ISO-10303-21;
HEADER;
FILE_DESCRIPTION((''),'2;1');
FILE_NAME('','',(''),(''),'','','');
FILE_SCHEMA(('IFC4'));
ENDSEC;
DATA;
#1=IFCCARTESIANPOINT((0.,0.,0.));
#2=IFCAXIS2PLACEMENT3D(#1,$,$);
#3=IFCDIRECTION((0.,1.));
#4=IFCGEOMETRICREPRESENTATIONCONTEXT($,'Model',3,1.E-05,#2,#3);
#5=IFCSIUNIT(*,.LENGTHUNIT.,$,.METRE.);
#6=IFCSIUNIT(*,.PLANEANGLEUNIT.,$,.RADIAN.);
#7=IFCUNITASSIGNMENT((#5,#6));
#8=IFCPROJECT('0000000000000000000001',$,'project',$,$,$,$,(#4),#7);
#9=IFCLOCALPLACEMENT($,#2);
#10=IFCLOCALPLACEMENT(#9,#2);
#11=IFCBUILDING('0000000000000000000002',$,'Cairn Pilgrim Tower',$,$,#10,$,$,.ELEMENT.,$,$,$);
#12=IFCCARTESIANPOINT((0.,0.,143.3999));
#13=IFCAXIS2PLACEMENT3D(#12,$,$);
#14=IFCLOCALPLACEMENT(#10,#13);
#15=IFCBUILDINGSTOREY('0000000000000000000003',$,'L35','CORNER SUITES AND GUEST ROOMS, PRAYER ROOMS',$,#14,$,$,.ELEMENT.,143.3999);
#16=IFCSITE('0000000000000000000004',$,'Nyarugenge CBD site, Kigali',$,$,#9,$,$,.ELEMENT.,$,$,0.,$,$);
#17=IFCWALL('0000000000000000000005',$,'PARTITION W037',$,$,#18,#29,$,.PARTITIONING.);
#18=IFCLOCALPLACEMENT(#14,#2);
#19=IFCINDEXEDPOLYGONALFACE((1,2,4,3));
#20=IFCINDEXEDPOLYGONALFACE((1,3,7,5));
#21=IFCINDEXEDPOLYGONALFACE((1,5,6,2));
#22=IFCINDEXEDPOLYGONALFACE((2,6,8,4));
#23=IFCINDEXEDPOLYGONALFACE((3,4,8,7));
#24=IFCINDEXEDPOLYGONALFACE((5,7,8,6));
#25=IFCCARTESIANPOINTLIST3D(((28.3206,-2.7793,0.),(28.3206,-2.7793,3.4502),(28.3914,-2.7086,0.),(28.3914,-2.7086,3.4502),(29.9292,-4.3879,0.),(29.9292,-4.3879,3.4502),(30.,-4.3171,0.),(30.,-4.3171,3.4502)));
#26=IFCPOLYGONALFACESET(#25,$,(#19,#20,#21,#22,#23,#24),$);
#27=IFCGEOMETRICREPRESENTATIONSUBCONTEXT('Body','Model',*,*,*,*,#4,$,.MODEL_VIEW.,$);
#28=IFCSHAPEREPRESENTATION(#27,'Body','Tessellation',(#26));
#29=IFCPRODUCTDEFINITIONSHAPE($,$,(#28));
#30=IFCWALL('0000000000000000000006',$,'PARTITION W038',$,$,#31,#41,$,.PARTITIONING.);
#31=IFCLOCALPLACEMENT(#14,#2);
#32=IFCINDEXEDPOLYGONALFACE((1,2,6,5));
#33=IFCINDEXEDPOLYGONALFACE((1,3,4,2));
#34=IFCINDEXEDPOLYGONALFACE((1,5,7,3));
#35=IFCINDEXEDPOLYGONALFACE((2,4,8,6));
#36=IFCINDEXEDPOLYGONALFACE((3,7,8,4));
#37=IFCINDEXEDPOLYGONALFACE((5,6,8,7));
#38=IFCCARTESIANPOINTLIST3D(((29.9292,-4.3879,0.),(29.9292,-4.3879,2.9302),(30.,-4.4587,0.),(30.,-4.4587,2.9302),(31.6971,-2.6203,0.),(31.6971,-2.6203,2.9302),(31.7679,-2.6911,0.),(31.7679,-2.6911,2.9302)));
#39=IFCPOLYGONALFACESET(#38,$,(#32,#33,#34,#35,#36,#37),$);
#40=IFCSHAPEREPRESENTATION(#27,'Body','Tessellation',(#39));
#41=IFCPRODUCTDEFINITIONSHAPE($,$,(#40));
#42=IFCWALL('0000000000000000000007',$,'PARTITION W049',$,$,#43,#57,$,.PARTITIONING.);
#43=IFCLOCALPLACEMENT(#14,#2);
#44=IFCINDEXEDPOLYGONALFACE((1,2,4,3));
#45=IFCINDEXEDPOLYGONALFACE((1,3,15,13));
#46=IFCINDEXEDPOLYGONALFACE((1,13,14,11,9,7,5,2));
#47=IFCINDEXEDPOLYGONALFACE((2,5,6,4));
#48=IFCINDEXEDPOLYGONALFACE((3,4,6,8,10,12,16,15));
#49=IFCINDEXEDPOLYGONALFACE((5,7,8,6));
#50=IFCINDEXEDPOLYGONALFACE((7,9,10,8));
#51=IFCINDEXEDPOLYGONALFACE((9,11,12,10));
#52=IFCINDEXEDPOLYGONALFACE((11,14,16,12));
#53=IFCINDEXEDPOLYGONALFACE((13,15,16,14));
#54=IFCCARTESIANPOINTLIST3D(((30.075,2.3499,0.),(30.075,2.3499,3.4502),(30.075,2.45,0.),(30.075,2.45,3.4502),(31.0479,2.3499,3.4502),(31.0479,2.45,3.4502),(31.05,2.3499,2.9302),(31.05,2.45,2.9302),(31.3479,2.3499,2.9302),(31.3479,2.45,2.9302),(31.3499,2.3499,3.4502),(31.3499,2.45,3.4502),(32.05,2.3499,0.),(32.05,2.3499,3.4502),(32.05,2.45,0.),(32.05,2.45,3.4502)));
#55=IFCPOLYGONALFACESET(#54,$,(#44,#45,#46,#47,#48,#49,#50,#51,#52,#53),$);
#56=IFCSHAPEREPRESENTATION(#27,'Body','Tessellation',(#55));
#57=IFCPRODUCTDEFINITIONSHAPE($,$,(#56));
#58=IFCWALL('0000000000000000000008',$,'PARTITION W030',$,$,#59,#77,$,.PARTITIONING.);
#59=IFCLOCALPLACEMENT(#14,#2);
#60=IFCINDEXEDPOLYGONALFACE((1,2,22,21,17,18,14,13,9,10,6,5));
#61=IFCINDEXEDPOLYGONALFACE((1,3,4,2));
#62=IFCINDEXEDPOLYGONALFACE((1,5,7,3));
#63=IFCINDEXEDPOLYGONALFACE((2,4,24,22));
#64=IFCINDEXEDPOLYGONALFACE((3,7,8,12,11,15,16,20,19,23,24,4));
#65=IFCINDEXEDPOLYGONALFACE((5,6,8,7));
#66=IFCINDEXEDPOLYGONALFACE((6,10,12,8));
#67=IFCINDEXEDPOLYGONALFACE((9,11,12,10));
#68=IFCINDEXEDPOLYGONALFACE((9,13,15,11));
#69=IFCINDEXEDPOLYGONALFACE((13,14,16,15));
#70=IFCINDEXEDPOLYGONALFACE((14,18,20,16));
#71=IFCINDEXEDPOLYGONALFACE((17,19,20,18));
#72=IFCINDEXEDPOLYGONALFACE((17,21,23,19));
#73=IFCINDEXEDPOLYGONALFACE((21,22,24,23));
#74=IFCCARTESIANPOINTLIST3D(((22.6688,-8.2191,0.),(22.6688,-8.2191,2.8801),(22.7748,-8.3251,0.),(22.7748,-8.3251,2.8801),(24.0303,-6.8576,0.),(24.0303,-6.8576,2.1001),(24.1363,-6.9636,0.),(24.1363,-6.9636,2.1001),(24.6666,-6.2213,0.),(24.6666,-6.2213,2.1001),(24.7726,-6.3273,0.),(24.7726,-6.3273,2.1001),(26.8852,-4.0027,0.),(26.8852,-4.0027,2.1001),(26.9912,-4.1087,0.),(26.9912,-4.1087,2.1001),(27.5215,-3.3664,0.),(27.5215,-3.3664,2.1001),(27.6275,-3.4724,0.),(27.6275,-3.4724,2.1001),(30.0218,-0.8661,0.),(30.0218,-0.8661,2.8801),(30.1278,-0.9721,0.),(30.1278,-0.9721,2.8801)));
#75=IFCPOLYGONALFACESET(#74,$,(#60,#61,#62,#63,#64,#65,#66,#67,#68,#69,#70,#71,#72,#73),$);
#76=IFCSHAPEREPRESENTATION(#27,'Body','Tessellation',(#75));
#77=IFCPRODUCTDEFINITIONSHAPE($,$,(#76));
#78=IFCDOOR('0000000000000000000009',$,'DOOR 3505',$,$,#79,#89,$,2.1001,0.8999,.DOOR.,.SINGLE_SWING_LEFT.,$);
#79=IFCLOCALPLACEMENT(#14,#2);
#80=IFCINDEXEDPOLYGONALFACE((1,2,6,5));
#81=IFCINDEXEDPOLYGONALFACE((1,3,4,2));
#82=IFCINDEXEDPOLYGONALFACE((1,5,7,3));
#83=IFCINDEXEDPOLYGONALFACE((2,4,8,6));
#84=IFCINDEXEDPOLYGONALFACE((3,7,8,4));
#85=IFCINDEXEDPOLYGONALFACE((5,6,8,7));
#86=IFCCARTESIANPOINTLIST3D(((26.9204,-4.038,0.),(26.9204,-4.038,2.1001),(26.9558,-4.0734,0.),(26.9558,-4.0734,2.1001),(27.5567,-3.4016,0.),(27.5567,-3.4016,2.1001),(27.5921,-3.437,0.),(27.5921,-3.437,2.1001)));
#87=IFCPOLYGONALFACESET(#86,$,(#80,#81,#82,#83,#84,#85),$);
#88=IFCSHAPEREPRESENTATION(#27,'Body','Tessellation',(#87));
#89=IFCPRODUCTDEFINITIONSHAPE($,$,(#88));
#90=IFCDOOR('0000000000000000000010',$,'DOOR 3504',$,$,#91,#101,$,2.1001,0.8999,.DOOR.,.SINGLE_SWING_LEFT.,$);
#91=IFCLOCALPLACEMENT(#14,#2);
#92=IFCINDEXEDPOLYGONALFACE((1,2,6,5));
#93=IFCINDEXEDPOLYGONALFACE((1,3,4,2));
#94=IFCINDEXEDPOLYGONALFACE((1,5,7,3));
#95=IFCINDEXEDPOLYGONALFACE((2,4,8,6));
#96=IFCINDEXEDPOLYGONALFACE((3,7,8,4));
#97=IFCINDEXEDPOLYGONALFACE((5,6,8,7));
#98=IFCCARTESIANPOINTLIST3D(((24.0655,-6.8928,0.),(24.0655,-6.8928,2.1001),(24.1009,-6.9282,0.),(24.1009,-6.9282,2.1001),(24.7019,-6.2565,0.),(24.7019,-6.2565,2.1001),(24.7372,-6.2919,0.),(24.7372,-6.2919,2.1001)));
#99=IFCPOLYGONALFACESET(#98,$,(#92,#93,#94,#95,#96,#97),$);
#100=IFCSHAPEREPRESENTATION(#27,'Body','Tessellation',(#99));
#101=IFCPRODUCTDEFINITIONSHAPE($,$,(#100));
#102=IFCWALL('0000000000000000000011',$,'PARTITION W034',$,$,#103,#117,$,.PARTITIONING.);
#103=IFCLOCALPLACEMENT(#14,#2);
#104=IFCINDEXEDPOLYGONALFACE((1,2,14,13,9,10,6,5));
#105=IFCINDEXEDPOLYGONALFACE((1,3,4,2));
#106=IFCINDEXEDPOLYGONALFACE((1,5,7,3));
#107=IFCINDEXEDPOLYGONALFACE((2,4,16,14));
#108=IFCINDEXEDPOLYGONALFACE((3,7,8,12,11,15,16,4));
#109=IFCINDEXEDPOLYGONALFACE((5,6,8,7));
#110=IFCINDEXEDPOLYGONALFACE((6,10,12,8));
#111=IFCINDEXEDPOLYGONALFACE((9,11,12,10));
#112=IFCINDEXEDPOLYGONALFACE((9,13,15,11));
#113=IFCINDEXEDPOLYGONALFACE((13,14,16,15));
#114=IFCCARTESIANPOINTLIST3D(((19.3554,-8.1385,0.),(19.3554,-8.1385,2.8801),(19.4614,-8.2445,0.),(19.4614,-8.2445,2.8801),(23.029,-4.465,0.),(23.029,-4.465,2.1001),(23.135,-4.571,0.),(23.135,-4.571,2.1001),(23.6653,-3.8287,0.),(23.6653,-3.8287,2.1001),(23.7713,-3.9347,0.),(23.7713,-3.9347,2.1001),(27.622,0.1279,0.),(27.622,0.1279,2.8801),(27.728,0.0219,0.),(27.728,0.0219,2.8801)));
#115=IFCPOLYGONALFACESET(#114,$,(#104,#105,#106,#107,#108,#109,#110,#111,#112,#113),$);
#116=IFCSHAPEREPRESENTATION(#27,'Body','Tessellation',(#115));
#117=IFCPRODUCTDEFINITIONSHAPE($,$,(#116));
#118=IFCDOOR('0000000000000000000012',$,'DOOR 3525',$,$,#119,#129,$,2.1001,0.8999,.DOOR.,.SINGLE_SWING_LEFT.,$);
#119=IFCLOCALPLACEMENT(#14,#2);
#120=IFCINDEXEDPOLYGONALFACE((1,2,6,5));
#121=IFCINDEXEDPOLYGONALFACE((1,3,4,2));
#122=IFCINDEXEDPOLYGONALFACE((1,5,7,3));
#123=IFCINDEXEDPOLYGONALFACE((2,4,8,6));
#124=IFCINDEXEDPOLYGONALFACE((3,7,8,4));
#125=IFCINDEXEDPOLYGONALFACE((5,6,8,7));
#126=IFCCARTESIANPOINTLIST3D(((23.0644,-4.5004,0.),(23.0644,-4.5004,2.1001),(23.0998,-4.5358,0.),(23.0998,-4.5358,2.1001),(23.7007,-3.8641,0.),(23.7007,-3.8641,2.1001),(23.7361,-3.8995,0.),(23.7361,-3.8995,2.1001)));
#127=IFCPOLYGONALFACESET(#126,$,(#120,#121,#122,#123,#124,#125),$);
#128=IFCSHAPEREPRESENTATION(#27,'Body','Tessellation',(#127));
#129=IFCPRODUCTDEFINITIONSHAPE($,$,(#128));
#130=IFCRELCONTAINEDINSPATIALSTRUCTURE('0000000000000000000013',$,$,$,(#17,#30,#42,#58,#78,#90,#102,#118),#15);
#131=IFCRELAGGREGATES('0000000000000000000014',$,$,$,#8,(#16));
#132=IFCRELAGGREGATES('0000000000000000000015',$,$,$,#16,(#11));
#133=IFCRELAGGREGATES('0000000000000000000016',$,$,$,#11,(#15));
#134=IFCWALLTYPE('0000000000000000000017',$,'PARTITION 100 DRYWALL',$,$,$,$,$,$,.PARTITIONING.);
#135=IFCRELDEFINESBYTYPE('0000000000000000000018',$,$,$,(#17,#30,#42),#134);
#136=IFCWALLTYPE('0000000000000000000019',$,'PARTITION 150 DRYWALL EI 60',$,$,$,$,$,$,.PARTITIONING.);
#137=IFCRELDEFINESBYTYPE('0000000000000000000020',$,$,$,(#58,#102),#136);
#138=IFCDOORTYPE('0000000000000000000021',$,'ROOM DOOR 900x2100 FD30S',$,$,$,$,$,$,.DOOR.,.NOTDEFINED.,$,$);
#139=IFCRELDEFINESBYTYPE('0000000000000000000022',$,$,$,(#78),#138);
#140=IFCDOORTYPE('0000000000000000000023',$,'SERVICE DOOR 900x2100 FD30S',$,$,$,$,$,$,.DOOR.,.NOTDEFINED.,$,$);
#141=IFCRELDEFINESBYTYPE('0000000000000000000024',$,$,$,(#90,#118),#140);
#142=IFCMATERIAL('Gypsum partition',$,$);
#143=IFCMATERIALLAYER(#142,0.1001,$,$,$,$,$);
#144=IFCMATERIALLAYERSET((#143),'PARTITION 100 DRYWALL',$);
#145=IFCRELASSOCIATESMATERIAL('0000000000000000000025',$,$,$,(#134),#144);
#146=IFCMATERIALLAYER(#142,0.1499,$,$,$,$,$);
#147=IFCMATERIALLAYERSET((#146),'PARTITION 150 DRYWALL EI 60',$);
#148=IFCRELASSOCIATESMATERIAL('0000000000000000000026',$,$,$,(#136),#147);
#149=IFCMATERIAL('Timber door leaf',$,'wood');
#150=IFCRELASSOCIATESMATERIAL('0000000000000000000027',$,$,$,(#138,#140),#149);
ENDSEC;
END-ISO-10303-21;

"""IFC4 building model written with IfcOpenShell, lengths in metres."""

from ifc_helpers import new_model, si_unit, direction, frame, frame_2d, origin, place, context, subcontext, project, spatial, polyline, rectangle, outline, extrude, material, layer, layer_set, type_object, element, fill, save


model = new_model("IFC4")

# Units and contexts
model_context = context("Model", 3, precision=1e-05, world=origin(), true_north=direction((0.0, 1.0)))
body_context = subcontext(model_context, "Body", "Model", "MODEL_VIEW")
ifc_project = project(units=[si_unit("LENGTHUNIT", "METRE"), si_unit("PLANEANGLEUNIT", "RADIAN")], contexts=[model_context])

# Site, building, storey
site_placement = place(None, origin())
site = spatial("IfcSite", under=ifc_project, at=site_placement, Name="Nyarugenge CBD site, Kigali", CompositionType="ELEMENT", RefElevation=0.0)
building_placement = place(site_placement, origin())
building = spatial("IfcBuilding", under=site, at=building_placement, Name="Cairn Pilgrim Tower", CompositionType="ELEMENT")
storey_placement = place(building_placement, frame((0.0, 0.0, 143.3999)))
storey = spatial("IfcBuildingStorey", under=building, at=storey_placement, Name="L35", Description="CORNER SUITES AND GUEST ROOMS, PRAYER ROOMS", CompositionType="ELEMENT", Elevation=143.3999)

# Walls
ifc_material_1 = material(Name="Gypsum partition")
ifc_layer_1 = layer(ifc_material_1, 0.1001)
ifc_layer_set_1 = layer_set([ifc_layer_1], Name="PARTITION 100 DRYWALL")
wall_type_1 = type_object("IfcWallType", Name="PARTITION 100 DRYWALL", PredefinedType="PARTITIONING", material=ifc_layer_set_1)
wall_1_placement = place(storey_placement, frame((29.9646, -4.3525, 0.0), z_axis=(0.0, 0.0, 1.0), x_axis=(-0.707107, 0.707107, 0.0)))
element("IfcWall", 1, at=wall_1_placement, inside=storey, type_object=wall_type_1, Name="PARTITION W037", PredefinedType="PARTITIONING", context=body_context, shape_type="SweptSolid", body=[
    extrude(rectangle(XDim=2.2749, YDim=0.1001, at=frame_2d((1.1375, 0.0))), origin(), (0.0, 0.0, 1.0), 3.4502),
])
wall_2_placement = place(storey_placement, frame((29.9646, -4.4233, 0.0), z_axis=(0.0, 0.0, 1.0), x_axis=(0.707156, 0.707058, 0.0)))
element("IfcWall", 2, at=wall_2_placement, inside=storey, type_object=wall_type_1, Name="PARTITION W038", PredefinedType="PARTITIONING", context=body_context, shape_type="SweptSolid", body=[
    extrude(rectangle(XDim=2.5, YDim=0.1001, at=frame_2d((1.25, 0.0))), origin(), (0.0, 0.0, 1.0), 2.9302),
])
wall_3_placement = place(storey_placement, frame((30.075, 2.3999, 0.0), z_axis=(0.0, 0.0, 1.0), x_axis=(1.0, 0.0, 0.0)))
element("IfcWall", 3, at=wall_3_placement, inside=storey, type_object=wall_type_1, Name="PARTITION W049", PredefinedType="PARTITIONING", context=body_context, shape_type="SweptSolid", body=[
    extrude(outline(polyline([(0.0, 0.0), (1.9751, 0.0), (1.9751, 3.4502), (1.2749, 3.4502), (1.2729, 2.9302), (0.9751, 2.9302), (0.9729, 3.4502), (0.0, 3.4502), (0.0, 0.0)])), frame((0.0, 0.05, 0.0), z_axis=(0.0, -1.0, 0.0), x_axis=(1.0, 0.0, 0.0)), (0.0, 0.0, 1.0), 0.1001),
])

# Wall, openings, doors
ifc_layer_2 = layer(ifc_material_1, 0.1499)
ifc_layer_set_2 = layer_set([ifc_layer_2], Name="PARTITION 150 DRYWALL EI 60")
wall_type_2 = type_object("IfcWallType", Name="PARTITION 150 DRYWALL EI 60", PredefinedType="PARTITIONING", material=ifc_layer_set_2)
wall_4_placement = place(storey_placement, frame((22.7219, -8.272, 0.0), z_axis=(0.0, 0.0, 1.0), x_axis=(0.707107, 0.707107, 0.0)))
wall_4 = element("IfcWall", 4, at=wall_4_placement, inside=storey, type_object=wall_type_2, Name="PARTITION W030", PredefinedType="PARTITIONING", context=body_context, shape_type="SweptSolid", body=[
    extrude(rectangle(XDim=10.3987, YDim=0.1499, at=frame_2d((5.1992, 0.0))), origin(), (0.0, 0.0, 1.0), 2.8801),
])
opening_1_placement = place(wall_4_placement, frame((1.9253, 0.0, 0.0)))
opening_1 = element("IfcOpeningElement", 5, at=opening_1_placement, cuts=wall_4, PredefinedType="OPENING", context=body_context, shape_type="SweptSolid", body=[
    extrude(rectangle(XDim=0.8999, YDim=2.1001, at=frame_2d((0.45, 1.05))), frame((0.0, 0.085, 0.0), z_axis=(0.0, -1.0, 0.0), x_axis=(1.0, 0.0, 0.0)), (0.0, 0.0, 1.0), 0.1699),
])
opening_2_placement = place(wall_4_placement, frame((5.9626, 0.0, 0.0)))
opening_2 = element("IfcOpeningElement", 6, at=opening_2_placement, cuts=wall_4, PredefinedType="OPENING", context=body_context, shape_type="SweptSolid", body=[
    extrude(rectangle(XDim=0.8999, YDim=2.1001, at=frame_2d((0.45, 1.05))), frame((0.0, 0.085, 0.0), z_axis=(0.0, -1.0, 0.0), x_axis=(1.0, 0.0, 0.0)), (0.0, 0.0, 1.0), 0.1699),
])
ifc_material_2 = material(Name="Timber door leaf", Category="wood")
door_type_1 = type_object("IfcDoorType", Name="ROOM DOOR 900x2100 FD30S", OperationType="NOTDEFINED", PredefinedType="DOOR", material=ifc_material_2)
door_1_placement = place(opening_2_placement, frame((0.8999, 0.0, 0.0), z_axis=(0.0, 0.0, 1.0), x_axis=(-1.0, 0.0, 0.0)))
door_1 = element("IfcDoor", 7, at=door_1_placement, inside=storey, type_object=door_type_1, Name="DOOR 3505", OperationType="SINGLE_SWING_LEFT", OverallHeight=2.1001, OverallWidth=0.8999, PredefinedType="DOOR", context=body_context, shape_type="SweptSolid", body=[
    extrude(rectangle(XDim=0.8999, YDim=2.1001, at=frame_2d((0.45, 1.05))), frame((0.0, 0.0249, 0.0), z_axis=(0.0, -1.0, 0.0), x_axis=(1.0, 0.0, 0.0)), (0.0, 0.0, 1.0), 0.05),
])
fill(opening_2, door_1)
door_type_2 = type_object("IfcDoorType", Name="SERVICE DOOR 900x2100 FD30S", OperationType="NOTDEFINED", PredefinedType="DOOR", material=ifc_material_2)
door_2_placement = place(opening_1_placement, frame((0.8999, 0.0, 0.0), z_axis=(0.0, 0.0, 1.0), x_axis=(-1.0, 0.0, 0.0)))
door_2 = element("IfcDoor", 8, at=door_2_placement, inside=storey, type_object=door_type_2, Name="DOOR 3504", OperationType="SINGLE_SWING_LEFT", OverallHeight=2.1001, OverallWidth=0.8999, PredefinedType="DOOR", context=body_context, shape_type="SweptSolid", body=[
    extrude(rectangle(XDim=0.8999, YDim=2.1001, at=frame_2d((0.45, 1.05))), frame((0.0, 0.0249, 0.0), z_axis=(0.0, -1.0, 0.0), x_axis=(1.0, 0.0, 0.0)), (0.0, 0.0, 1.0), 0.05),
])
fill(opening_1, door_2)

# Wall, opening, door
wall_5_placement = place(storey_placement, frame((19.4084, -8.1914, 0.0), z_axis=(0.0, 0.0, 1.0), x_axis=(0.707117, 0.707096, 0.0)))
wall_5 = element("IfcWall", 9, at=wall_5_placement, inside=storey, type_object=wall_type_2, Name="PARTITION W034", PredefinedType="PARTITIONING", context=body_context, shape_type="SweptSolid", body=[
    extrude(rectangle(XDim=11.6907, YDim=0.1499, at=frame_2d((5.8452, 0.0))), origin(), (0.0, 0.0, 1.0), 2.8801),
])
opening_3_placement = place(wall_5_placement, frame((5.1951, 0.0, 0.0)))
opening_3 = element("IfcOpeningElement", 10, at=opening_3_placement, cuts=wall_5, PredefinedType="OPENING", context=body_context, shape_type="SweptSolid", body=[
    extrude(rectangle(XDim=0.8999, YDim=2.1001, at=frame_2d((0.45, 1.05))), frame((0.0, 0.085, 0.0), z_axis=(0.0, -1.0, 0.0), x_axis=(1.0, 0.0, 0.0)), (0.0, 0.0, 1.0), 0.1699),
])
door_3_placement = place(opening_3_placement, origin())
door_3 = element("IfcDoor", 11, at=door_3_placement, inside=storey, type_object=door_type_2, Name="DOOR 3525", OperationType="SINGLE_SWING_LEFT", OverallHeight=2.1001, OverallWidth=0.8999, PredefinedType="DOOR", context=body_context, shape_type="SweptSolid", body=[
    extrude(rectangle(XDim=0.8999, YDim=2.1001, at=frame_2d((0.45, 1.05))), frame((0.0, 0.0249, 0.0), z_axis=(0.0, -1.0, 0.0), x_axis=(1.0, 0.0, 0.0)), (0.0, 0.0, 1.0), 0.05),
])
fill(opening_3, door_3)

save(model, "model.ifc")
